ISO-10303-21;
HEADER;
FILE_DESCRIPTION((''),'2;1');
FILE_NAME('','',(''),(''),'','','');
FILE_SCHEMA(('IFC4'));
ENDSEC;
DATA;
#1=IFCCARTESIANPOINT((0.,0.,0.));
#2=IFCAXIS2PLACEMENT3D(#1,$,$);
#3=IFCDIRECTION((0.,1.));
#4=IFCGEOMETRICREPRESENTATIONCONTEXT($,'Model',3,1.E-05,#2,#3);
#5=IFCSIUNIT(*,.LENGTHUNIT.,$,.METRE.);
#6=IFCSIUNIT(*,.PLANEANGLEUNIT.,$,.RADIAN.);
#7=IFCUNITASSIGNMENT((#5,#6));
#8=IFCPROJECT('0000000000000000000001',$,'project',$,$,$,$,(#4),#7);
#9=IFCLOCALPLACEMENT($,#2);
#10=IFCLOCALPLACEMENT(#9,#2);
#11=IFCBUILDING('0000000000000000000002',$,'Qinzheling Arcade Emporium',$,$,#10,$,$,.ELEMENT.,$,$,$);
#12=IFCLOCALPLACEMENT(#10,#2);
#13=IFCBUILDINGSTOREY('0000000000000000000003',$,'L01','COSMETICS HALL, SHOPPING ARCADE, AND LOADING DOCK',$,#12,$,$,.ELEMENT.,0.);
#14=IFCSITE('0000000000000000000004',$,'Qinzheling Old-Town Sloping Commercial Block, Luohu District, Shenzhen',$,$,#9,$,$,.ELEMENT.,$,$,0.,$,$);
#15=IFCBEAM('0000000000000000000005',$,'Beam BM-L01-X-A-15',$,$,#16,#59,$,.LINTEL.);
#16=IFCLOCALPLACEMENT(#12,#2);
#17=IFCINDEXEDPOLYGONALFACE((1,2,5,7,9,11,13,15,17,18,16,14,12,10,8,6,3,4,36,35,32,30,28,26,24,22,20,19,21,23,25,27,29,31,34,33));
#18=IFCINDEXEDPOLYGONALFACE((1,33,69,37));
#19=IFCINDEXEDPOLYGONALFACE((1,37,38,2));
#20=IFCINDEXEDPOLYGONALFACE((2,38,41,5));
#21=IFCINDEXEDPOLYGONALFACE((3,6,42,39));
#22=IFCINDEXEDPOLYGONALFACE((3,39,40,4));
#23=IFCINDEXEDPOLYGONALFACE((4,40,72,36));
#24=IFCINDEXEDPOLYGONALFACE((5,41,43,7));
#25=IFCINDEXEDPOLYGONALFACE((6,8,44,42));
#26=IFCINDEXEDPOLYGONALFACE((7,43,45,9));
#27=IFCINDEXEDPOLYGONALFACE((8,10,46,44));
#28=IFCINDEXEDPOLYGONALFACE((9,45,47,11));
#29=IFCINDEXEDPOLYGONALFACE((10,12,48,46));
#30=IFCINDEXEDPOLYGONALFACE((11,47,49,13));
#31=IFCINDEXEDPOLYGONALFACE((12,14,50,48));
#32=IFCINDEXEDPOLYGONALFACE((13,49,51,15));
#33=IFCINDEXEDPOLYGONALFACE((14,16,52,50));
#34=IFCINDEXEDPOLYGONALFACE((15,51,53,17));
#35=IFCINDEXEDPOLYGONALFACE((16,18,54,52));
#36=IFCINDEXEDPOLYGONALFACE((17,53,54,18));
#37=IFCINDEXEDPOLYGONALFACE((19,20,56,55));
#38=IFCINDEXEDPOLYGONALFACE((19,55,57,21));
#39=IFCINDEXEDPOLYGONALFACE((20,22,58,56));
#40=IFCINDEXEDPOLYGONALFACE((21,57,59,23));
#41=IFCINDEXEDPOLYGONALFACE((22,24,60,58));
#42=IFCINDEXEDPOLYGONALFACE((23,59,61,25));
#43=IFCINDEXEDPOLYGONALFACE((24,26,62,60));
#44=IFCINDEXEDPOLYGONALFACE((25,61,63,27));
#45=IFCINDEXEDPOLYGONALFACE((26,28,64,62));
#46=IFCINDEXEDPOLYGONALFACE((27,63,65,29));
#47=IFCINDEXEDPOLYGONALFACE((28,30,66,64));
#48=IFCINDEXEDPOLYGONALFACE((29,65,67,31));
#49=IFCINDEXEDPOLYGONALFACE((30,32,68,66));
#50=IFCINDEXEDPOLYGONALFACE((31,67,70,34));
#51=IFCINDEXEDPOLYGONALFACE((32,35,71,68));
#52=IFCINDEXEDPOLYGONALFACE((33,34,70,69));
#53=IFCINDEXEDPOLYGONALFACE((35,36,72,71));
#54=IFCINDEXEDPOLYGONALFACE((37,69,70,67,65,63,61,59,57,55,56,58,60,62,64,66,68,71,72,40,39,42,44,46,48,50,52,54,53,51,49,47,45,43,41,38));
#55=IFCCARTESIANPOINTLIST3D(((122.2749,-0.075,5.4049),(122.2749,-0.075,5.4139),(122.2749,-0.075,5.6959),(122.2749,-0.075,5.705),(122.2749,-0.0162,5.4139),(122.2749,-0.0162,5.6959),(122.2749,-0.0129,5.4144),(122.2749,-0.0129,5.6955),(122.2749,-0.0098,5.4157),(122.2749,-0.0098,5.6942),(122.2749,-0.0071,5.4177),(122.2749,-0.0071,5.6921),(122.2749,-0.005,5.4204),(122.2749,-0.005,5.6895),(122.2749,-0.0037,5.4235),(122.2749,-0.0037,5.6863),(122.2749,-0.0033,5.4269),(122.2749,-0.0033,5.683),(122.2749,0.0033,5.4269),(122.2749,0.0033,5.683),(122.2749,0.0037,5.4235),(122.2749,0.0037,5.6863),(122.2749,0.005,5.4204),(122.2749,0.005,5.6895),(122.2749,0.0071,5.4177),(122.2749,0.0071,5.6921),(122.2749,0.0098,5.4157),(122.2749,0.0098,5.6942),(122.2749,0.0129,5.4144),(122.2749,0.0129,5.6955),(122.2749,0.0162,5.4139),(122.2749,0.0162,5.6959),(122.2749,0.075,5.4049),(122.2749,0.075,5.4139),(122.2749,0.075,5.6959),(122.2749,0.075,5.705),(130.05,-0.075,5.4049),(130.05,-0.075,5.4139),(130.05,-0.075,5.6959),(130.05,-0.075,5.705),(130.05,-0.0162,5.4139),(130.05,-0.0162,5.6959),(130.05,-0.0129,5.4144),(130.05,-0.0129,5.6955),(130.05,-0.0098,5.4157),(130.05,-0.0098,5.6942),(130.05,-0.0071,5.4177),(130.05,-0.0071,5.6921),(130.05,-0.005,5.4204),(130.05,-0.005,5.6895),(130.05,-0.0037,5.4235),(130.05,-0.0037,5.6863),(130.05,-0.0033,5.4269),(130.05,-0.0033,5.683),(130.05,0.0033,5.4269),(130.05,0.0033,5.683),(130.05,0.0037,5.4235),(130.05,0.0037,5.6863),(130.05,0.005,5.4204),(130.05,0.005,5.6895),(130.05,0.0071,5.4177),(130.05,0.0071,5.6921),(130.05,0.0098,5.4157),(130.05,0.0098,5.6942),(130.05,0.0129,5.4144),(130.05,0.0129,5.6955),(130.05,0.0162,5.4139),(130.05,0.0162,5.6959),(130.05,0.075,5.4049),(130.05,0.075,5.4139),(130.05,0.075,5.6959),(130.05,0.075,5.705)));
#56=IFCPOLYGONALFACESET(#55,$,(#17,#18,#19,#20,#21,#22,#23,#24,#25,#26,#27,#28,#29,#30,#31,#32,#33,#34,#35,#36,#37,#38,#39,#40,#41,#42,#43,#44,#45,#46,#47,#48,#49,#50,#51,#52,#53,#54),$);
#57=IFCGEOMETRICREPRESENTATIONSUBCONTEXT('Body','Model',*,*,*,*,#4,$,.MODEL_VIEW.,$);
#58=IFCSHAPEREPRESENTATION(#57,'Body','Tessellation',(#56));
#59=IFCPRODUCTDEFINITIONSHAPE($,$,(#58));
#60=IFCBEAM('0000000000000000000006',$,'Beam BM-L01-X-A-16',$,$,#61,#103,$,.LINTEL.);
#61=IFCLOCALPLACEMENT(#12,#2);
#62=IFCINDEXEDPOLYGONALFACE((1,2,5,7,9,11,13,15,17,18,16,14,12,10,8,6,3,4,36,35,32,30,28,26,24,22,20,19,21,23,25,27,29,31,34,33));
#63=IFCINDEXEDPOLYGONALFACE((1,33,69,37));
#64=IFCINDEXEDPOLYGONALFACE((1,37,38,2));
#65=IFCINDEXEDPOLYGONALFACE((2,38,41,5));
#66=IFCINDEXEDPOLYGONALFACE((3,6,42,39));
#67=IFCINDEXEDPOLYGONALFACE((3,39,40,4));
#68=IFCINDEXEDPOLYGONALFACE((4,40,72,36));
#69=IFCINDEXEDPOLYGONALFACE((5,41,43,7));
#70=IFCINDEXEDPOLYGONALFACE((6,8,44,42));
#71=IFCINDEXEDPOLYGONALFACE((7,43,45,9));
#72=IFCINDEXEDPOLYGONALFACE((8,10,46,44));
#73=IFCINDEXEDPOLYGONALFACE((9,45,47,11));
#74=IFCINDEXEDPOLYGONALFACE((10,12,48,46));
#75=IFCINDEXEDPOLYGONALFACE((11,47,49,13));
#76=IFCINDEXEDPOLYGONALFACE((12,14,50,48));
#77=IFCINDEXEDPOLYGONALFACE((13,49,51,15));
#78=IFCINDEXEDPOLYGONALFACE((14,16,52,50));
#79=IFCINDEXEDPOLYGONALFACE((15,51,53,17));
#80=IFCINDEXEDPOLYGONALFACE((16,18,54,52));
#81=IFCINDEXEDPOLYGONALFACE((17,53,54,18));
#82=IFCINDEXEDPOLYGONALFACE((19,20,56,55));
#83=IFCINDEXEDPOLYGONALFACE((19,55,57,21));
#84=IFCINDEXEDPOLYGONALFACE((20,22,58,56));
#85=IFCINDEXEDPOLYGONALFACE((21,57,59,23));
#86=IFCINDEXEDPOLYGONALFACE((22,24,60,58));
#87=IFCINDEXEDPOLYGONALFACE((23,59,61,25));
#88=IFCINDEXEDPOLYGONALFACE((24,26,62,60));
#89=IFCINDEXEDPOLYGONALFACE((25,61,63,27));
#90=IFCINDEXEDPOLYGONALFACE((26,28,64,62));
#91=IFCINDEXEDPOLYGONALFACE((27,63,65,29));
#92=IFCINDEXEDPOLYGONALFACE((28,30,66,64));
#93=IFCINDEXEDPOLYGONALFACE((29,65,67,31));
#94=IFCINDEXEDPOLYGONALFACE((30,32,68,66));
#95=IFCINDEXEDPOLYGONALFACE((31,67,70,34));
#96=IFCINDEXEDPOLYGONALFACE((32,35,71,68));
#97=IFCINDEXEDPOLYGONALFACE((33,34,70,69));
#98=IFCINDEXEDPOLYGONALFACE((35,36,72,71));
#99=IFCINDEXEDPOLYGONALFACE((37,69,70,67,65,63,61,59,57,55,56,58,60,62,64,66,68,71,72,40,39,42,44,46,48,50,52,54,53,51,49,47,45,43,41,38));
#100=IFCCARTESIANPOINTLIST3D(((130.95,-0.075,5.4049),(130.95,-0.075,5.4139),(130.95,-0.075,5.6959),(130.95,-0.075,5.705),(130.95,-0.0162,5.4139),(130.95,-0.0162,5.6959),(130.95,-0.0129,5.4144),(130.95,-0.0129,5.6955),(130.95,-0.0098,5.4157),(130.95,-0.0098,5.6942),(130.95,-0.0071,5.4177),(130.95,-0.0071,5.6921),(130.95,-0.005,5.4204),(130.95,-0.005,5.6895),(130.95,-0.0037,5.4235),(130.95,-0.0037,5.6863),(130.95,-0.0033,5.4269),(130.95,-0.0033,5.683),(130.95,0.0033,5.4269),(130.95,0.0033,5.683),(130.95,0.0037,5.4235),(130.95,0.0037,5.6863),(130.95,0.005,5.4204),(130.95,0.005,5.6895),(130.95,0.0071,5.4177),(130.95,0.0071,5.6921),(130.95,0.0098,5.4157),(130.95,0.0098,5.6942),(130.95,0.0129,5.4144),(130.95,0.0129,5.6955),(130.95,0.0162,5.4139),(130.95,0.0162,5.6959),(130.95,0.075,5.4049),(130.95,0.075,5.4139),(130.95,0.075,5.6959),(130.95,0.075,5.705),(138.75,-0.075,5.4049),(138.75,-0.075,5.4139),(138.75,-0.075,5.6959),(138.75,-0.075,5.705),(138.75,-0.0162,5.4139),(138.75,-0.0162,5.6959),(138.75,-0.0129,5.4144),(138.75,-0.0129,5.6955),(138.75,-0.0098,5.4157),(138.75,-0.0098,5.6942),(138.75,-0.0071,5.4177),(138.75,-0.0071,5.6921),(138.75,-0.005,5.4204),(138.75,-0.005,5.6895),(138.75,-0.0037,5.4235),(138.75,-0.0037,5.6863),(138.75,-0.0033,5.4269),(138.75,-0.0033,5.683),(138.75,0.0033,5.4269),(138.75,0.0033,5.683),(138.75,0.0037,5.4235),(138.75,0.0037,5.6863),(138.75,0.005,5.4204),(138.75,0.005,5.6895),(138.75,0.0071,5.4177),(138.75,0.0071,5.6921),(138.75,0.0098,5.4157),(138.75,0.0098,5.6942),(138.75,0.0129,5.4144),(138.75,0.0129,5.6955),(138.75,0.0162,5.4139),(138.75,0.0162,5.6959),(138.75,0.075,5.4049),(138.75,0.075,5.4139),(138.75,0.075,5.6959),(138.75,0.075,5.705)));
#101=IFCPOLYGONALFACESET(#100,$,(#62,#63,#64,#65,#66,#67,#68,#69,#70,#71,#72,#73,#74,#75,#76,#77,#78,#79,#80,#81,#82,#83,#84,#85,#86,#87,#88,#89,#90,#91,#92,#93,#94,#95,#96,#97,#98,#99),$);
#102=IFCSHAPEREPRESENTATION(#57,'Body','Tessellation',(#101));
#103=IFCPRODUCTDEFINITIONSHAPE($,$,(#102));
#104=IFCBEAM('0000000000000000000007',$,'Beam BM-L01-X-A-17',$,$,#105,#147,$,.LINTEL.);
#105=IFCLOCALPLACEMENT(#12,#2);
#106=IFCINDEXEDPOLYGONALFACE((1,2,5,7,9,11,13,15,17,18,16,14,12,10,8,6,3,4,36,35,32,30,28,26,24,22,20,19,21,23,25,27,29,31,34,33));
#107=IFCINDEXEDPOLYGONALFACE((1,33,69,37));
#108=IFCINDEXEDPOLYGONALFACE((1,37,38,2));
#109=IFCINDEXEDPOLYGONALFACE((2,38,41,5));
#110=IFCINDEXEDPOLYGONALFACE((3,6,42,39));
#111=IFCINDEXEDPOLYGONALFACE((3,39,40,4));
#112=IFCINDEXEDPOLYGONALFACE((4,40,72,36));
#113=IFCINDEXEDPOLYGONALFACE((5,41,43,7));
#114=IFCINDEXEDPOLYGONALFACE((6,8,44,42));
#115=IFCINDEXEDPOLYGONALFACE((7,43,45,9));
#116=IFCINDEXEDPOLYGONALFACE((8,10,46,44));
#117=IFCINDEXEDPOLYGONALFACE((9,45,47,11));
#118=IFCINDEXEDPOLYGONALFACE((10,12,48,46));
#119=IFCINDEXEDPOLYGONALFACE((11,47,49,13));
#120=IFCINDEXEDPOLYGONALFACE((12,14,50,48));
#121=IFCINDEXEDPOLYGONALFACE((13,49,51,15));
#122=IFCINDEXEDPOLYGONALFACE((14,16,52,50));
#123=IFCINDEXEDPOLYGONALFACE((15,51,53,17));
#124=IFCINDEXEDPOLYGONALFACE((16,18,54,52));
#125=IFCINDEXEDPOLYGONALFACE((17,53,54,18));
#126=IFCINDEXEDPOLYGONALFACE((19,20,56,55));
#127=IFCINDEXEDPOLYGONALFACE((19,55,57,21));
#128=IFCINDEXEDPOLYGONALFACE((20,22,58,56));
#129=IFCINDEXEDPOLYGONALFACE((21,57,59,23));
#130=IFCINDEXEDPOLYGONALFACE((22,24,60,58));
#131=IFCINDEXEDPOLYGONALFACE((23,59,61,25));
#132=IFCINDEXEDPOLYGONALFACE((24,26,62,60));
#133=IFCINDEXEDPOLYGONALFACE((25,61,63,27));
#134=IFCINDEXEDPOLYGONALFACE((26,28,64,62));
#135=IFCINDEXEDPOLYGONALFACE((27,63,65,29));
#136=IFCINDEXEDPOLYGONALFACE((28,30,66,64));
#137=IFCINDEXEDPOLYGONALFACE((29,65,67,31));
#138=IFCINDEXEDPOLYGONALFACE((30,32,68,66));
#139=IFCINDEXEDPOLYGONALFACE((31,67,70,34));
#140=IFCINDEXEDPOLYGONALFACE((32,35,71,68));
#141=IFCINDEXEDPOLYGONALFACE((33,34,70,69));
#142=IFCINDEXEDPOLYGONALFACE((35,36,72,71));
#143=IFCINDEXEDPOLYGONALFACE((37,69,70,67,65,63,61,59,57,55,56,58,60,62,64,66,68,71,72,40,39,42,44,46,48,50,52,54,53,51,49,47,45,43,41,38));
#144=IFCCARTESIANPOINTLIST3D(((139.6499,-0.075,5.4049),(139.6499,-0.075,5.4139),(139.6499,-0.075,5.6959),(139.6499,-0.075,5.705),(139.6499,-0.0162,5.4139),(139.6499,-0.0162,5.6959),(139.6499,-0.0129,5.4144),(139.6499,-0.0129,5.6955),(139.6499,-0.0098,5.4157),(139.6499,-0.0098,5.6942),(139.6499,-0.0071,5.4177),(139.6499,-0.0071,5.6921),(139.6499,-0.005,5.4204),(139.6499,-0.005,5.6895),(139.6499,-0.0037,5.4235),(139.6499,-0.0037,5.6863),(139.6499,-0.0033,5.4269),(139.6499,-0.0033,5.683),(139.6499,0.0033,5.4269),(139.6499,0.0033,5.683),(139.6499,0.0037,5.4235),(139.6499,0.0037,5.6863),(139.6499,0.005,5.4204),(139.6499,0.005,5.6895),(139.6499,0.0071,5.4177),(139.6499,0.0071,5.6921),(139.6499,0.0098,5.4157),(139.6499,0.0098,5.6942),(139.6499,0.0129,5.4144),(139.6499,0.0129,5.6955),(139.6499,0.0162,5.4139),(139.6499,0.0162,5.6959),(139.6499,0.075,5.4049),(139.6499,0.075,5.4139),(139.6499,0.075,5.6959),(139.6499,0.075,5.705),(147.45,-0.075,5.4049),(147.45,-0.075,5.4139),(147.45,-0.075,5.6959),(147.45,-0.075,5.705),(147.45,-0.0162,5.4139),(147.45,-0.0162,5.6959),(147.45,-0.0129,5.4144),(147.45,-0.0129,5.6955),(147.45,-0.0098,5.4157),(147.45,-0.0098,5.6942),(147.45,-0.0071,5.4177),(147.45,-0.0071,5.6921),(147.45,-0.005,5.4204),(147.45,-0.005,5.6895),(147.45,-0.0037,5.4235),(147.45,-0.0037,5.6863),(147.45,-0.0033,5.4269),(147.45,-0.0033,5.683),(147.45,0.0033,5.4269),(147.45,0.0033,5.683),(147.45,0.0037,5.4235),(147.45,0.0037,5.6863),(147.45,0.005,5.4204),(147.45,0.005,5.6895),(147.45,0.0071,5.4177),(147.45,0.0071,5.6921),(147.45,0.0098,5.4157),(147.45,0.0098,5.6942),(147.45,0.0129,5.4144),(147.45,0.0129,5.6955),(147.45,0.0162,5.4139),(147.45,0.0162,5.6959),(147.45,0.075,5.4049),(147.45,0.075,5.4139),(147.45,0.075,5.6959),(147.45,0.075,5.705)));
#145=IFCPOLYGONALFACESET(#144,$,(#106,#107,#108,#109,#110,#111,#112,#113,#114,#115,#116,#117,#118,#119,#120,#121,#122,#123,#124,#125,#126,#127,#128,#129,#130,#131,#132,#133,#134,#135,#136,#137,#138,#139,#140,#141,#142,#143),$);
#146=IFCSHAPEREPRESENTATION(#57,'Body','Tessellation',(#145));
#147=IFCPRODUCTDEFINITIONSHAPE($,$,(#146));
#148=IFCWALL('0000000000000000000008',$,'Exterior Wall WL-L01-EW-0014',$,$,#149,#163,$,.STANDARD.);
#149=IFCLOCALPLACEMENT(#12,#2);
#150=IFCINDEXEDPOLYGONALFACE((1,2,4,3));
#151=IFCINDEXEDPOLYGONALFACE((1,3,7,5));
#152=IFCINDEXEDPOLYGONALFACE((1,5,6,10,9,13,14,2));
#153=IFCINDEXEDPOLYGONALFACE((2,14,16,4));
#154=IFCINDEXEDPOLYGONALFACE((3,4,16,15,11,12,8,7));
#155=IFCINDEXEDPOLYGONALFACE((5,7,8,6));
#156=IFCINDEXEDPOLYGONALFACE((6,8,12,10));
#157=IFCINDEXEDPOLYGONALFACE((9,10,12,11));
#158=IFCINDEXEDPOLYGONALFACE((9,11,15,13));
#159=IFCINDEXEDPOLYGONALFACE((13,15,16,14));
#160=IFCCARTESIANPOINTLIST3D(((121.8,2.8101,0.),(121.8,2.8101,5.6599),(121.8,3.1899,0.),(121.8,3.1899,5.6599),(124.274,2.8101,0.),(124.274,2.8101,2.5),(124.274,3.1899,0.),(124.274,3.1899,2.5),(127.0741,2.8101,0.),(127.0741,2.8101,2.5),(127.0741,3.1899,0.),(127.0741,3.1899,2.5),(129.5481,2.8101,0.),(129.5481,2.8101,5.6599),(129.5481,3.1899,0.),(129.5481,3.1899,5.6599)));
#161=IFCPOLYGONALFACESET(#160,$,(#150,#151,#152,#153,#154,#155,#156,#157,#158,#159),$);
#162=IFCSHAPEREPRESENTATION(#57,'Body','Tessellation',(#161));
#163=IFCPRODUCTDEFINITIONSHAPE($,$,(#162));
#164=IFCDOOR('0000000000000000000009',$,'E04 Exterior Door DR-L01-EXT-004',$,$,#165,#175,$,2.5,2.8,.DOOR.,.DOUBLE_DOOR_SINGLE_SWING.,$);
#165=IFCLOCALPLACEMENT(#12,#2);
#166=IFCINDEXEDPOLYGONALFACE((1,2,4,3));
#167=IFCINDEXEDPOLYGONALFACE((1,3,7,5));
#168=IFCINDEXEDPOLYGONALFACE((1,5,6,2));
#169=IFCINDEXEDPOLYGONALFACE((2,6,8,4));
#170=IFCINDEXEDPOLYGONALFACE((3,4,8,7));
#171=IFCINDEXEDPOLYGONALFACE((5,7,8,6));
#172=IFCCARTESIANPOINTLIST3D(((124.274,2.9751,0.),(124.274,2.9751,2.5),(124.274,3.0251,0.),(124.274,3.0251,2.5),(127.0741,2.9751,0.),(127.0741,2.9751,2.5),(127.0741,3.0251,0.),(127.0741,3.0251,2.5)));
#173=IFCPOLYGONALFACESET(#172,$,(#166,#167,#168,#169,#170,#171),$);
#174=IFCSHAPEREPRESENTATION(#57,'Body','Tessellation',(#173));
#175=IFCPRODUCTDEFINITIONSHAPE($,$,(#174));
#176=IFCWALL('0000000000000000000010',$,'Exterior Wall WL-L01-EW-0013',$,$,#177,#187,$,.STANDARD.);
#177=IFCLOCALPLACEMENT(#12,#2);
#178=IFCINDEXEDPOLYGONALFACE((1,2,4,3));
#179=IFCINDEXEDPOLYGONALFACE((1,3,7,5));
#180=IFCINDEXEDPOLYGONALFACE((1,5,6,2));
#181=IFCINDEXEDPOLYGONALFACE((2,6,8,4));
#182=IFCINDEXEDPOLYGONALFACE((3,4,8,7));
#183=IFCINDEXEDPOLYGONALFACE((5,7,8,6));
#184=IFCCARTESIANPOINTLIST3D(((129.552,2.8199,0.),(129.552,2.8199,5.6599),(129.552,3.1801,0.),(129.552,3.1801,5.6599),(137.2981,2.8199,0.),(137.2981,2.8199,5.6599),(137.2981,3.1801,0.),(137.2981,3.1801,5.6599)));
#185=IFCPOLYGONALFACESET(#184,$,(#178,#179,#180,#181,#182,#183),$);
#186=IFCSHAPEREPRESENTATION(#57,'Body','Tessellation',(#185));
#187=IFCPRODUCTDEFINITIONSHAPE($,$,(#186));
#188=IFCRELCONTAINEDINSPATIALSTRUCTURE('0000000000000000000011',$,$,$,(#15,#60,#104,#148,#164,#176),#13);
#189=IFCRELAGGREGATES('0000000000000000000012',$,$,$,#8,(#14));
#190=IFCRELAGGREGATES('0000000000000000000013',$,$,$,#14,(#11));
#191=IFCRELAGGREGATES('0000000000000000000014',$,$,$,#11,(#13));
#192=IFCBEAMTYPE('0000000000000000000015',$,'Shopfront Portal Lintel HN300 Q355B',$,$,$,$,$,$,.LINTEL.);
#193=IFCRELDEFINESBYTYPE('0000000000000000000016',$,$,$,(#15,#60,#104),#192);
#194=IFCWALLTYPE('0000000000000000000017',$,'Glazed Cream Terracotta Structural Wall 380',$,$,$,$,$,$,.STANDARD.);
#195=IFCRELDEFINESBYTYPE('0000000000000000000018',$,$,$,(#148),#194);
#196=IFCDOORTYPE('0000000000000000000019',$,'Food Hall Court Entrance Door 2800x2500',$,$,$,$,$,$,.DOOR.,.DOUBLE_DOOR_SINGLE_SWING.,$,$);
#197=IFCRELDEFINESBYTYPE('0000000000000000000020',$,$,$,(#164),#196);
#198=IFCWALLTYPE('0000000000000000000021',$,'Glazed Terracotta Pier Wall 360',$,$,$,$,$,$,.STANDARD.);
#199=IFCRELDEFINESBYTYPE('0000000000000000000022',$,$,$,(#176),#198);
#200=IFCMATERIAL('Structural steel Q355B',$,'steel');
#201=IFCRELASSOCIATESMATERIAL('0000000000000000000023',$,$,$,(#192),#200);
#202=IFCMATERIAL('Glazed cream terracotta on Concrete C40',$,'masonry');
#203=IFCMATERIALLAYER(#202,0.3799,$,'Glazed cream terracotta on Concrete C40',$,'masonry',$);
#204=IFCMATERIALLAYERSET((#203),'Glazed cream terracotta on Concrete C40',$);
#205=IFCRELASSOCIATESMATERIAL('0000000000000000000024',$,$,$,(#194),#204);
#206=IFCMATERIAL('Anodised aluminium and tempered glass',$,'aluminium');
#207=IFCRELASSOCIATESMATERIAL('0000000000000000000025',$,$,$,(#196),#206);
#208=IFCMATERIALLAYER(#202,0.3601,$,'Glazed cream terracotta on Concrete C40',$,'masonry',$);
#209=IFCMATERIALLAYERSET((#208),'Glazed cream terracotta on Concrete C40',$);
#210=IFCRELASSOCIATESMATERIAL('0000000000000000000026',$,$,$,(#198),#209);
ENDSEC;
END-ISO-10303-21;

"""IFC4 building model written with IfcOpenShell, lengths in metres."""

from ifc_helpers import new_model, si_unit, direction, frame, frame_2d, origin, origin_2d, place, context, subcontext, project, spatial, rectangle, i_section, extrude, material, layer, layer_set, material_profile, profile_set, type_object, element, fill, save


model = new_model("IFC4")

# Units and contexts
model_context = context("Model", 3, precision=1e-05, world=origin(), true_north=direction((0.0, 1.0)))
body_context = subcontext(model_context, "Body", "Model", "MODEL_VIEW")
ifc_project = project(units=[si_unit("LENGTHUNIT", "METRE"), si_unit("PLANEANGLEUNIT", "RADIAN")], contexts=[model_context])

# Site, building, storey
site_placement = place(None, origin())
site = spatial("IfcSite", under=ifc_project, at=site_placement, Name="Qinzheling Old-Town Sloping Commercial Block, Luohu District, Shenzhen", CompositionType="ELEMENT", RefElevation=0.0)
building_placement = place(site_placement, origin())
building = spatial("IfcBuilding", under=site, at=building_placement, Name="Qinzheling Arcade Emporium", CompositionType="ELEMENT")
storey_placement = place(building_placement, origin())
storey = spatial("IfcBuildingStorey", under=building, at=storey_placement, Name="L01", Description="COSMETICS HALL, SHOPPING ARCADE, AND LOADING DOCK", CompositionType="ELEMENT", Elevation=0.0)

# Beams
ifc_material_1 = material(Name="Structural steel Q355B", Category="steel")
ifc_material_profile_1 = material_profile(ifc_material_1, i_section(OverallWidth=0.1499, OverallDepth=0.3, WebThickness=0.0066, FlangeThickness=0.009, FilletRadius=0.0129, at=origin_2d()), Name="HN 300x150x6.5x9", Category="steel")
ifc_profile_set_1 = profile_set([ifc_material_profile_1], Name="Structural steel Q355B")
beam_type_1 = type_object("IfcBeamType", Name="Shopfront Portal Lintel HN300 Q355B", PredefinedType="LINTEL", material=ifc_profile_set_1)
beam_1_placement = place(storey_placement, frame((122.2749, 0.0, 5.5549), z_axis=(1.0, 0.0, 0.0), x_axis=(0.0, 1.0, 0.0)))
element("IfcBeam", 1, at=beam_1_placement, inside=storey, type_object=beam_type_1, Name="Beam BM-L01-X-A-15", PredefinedType="LINTEL", context=body_context, shape_type="SweptSolid", body=[
    extrude(i_section(OverallWidth=0.1499, OverallDepth=0.3, WebThickness=0.0066, FlangeThickness=0.009, FilletRadius=0.0129, at=origin_2d()), origin(), (0.0, 0.0, 1.0), 7.7751),
])
for number, where, z_axis, x_axis, name in (
    (2, (130.95, 0.0, 5.5549), (1.0, 0.0, 0.0), (0.0, 1.0, 0.0), "Beam BM-L01-X-A-16"),
    (3, (139.6499, 0.0, 5.5549), (1.0, 0.0, 0.0), (0.0, 1.0, 0.0), "Beam BM-L01-X-A-17"),
):
    element("IfcBeam", number, at=place(storey_placement, frame(where, z_axis=z_axis, x_axis=x_axis)), inside=storey, type_object=beam_type_1, Name=name, PredefinedType="LINTEL", context=body_context, shape_type="SweptSolid", body=[
        extrude(i_section(OverallWidth=0.1499, OverallDepth=0.3, WebThickness=0.0066, FlangeThickness=0.009, FilletRadius=0.0129, at=origin_2d()), origin(), (0.0, 0.0, 1.0), 7.8),
    ])

# Wall, opening, door
ifc_material_2 = material(Name="Glazed cream terracotta on Concrete C40", Category="masonry")
ifc_layer_1 = layer(ifc_material_2, 0.3799, Name="Glazed cream terracotta on Concrete C40", Category="masonry")
ifc_layer_set_1 = layer_set([ifc_layer_1], Name="Glazed cream terracotta on Concrete C40")
wall_type_1 = type_object("IfcWallType", Name="Glazed Cream Terracotta Structural Wall 380", PredefinedType="STANDARD", material=ifc_layer_set_1)
wall_1_placement = place(storey_placement, frame((129.5481, 3.0, 0.0), z_axis=(0.0, 0.0, 1.0), x_axis=(-1.0, 0.0, 0.0)))
wall_1 = element("IfcWall", 4, at=wall_1_placement, inside=storey, type_object=wall_type_1, Name="Exterior Wall WL-L01-EW-0014", PredefinedType="STANDARD", context=body_context, shape_type="SweptSolid", body=[
    extrude(rectangle(XDim=7.748, YDim=0.3799, at=frame_2d((3.874, 0.0))), origin(), (0.0, 0.0, 1.0), 5.6599),
])
opening_1_placement = place(wall_1_placement, frame((2.4741, 0.0, 0.0)))
opening_1 = element("IfcOpeningElement", 5, at=opening_1_placement, cuts=wall_1, PredefinedType="OPENING", context=body_context, shape_type="SweptSolid", body=[
    extrude(rectangle(XDim=2.8, YDim=2.5, at=frame_2d((1.3999, 1.25))), frame((0.0, 0.2, 0.0), z_axis=(0.0, -1.0, 0.0), x_axis=(1.0, 0.0, 0.0)), (0.0, 0.0, 1.0), 0.3999),
])
ifc_material_3 = material(Name="Anodised aluminium and tempered glass", Category="aluminium")
door_type_1 = type_object("IfcDoorType", Name="Food Hall Court Entrance Door 2800x2500", OperationType="DOUBLE_DOOR_SINGLE_SWING", PredefinedType="DOOR", material=ifc_material_3)
door_1_placement = place(opening_1_placement, origin())
door_1 = element("IfcDoor", 6, at=door_1_placement, inside=storey, type_object=door_type_1, Name="E04 Exterior Door DR-L01-EXT-004", OperationType="DOUBLE_DOOR_SINGLE_SWING", OverallHeight=2.5, OverallWidth=2.8, PredefinedType="DOOR", context=body_context, shape_type="SweptSolid", body=[
    extrude(rectangle(XDim=2.8, YDim=2.5, at=frame_2d((1.3999, 1.25))), frame((0.0, 0.0249, 0.0), z_axis=(0.0, -1.0, 0.0), x_axis=(1.0, 0.0, 0.0)), (0.0, 0.0, 1.0), 0.05),
])
fill(opening_1, door_1)

# Wall
ifc_layer_2 = layer(ifc_material_2, 0.3601, Name="Glazed cream terracotta on Concrete C40", Category="masonry")
ifc_layer_set_2 = layer_set([ifc_layer_2], Name="Glazed cream terracotta on Concrete C40")
wall_type_2 = type_object("IfcWallType", Name="Glazed Terracotta Pier Wall 360", PredefinedType="STANDARD", material=ifc_layer_set_2)
wall_2_placement = place(storey_placement, frame((137.2981, 3.0, 0.0), z_axis=(0.0, 0.0, 1.0), x_axis=(-1.0, 0.0, 0.0)))
element("IfcWall", 7, at=wall_2_placement, inside=storey, type_object=wall_type_2, Name="Exterior Wall WL-L01-EW-0013", PredefinedType="STANDARD", context=body_context, shape_type="SweptSolid", body=[
    extrude(rectangle(XDim=7.7461, YDim=0.3601, at=frame_2d((3.873, 0.0))), origin(), (0.0, 0.0, 1.0), 5.6599),
])

save(model, "model.ifc")
